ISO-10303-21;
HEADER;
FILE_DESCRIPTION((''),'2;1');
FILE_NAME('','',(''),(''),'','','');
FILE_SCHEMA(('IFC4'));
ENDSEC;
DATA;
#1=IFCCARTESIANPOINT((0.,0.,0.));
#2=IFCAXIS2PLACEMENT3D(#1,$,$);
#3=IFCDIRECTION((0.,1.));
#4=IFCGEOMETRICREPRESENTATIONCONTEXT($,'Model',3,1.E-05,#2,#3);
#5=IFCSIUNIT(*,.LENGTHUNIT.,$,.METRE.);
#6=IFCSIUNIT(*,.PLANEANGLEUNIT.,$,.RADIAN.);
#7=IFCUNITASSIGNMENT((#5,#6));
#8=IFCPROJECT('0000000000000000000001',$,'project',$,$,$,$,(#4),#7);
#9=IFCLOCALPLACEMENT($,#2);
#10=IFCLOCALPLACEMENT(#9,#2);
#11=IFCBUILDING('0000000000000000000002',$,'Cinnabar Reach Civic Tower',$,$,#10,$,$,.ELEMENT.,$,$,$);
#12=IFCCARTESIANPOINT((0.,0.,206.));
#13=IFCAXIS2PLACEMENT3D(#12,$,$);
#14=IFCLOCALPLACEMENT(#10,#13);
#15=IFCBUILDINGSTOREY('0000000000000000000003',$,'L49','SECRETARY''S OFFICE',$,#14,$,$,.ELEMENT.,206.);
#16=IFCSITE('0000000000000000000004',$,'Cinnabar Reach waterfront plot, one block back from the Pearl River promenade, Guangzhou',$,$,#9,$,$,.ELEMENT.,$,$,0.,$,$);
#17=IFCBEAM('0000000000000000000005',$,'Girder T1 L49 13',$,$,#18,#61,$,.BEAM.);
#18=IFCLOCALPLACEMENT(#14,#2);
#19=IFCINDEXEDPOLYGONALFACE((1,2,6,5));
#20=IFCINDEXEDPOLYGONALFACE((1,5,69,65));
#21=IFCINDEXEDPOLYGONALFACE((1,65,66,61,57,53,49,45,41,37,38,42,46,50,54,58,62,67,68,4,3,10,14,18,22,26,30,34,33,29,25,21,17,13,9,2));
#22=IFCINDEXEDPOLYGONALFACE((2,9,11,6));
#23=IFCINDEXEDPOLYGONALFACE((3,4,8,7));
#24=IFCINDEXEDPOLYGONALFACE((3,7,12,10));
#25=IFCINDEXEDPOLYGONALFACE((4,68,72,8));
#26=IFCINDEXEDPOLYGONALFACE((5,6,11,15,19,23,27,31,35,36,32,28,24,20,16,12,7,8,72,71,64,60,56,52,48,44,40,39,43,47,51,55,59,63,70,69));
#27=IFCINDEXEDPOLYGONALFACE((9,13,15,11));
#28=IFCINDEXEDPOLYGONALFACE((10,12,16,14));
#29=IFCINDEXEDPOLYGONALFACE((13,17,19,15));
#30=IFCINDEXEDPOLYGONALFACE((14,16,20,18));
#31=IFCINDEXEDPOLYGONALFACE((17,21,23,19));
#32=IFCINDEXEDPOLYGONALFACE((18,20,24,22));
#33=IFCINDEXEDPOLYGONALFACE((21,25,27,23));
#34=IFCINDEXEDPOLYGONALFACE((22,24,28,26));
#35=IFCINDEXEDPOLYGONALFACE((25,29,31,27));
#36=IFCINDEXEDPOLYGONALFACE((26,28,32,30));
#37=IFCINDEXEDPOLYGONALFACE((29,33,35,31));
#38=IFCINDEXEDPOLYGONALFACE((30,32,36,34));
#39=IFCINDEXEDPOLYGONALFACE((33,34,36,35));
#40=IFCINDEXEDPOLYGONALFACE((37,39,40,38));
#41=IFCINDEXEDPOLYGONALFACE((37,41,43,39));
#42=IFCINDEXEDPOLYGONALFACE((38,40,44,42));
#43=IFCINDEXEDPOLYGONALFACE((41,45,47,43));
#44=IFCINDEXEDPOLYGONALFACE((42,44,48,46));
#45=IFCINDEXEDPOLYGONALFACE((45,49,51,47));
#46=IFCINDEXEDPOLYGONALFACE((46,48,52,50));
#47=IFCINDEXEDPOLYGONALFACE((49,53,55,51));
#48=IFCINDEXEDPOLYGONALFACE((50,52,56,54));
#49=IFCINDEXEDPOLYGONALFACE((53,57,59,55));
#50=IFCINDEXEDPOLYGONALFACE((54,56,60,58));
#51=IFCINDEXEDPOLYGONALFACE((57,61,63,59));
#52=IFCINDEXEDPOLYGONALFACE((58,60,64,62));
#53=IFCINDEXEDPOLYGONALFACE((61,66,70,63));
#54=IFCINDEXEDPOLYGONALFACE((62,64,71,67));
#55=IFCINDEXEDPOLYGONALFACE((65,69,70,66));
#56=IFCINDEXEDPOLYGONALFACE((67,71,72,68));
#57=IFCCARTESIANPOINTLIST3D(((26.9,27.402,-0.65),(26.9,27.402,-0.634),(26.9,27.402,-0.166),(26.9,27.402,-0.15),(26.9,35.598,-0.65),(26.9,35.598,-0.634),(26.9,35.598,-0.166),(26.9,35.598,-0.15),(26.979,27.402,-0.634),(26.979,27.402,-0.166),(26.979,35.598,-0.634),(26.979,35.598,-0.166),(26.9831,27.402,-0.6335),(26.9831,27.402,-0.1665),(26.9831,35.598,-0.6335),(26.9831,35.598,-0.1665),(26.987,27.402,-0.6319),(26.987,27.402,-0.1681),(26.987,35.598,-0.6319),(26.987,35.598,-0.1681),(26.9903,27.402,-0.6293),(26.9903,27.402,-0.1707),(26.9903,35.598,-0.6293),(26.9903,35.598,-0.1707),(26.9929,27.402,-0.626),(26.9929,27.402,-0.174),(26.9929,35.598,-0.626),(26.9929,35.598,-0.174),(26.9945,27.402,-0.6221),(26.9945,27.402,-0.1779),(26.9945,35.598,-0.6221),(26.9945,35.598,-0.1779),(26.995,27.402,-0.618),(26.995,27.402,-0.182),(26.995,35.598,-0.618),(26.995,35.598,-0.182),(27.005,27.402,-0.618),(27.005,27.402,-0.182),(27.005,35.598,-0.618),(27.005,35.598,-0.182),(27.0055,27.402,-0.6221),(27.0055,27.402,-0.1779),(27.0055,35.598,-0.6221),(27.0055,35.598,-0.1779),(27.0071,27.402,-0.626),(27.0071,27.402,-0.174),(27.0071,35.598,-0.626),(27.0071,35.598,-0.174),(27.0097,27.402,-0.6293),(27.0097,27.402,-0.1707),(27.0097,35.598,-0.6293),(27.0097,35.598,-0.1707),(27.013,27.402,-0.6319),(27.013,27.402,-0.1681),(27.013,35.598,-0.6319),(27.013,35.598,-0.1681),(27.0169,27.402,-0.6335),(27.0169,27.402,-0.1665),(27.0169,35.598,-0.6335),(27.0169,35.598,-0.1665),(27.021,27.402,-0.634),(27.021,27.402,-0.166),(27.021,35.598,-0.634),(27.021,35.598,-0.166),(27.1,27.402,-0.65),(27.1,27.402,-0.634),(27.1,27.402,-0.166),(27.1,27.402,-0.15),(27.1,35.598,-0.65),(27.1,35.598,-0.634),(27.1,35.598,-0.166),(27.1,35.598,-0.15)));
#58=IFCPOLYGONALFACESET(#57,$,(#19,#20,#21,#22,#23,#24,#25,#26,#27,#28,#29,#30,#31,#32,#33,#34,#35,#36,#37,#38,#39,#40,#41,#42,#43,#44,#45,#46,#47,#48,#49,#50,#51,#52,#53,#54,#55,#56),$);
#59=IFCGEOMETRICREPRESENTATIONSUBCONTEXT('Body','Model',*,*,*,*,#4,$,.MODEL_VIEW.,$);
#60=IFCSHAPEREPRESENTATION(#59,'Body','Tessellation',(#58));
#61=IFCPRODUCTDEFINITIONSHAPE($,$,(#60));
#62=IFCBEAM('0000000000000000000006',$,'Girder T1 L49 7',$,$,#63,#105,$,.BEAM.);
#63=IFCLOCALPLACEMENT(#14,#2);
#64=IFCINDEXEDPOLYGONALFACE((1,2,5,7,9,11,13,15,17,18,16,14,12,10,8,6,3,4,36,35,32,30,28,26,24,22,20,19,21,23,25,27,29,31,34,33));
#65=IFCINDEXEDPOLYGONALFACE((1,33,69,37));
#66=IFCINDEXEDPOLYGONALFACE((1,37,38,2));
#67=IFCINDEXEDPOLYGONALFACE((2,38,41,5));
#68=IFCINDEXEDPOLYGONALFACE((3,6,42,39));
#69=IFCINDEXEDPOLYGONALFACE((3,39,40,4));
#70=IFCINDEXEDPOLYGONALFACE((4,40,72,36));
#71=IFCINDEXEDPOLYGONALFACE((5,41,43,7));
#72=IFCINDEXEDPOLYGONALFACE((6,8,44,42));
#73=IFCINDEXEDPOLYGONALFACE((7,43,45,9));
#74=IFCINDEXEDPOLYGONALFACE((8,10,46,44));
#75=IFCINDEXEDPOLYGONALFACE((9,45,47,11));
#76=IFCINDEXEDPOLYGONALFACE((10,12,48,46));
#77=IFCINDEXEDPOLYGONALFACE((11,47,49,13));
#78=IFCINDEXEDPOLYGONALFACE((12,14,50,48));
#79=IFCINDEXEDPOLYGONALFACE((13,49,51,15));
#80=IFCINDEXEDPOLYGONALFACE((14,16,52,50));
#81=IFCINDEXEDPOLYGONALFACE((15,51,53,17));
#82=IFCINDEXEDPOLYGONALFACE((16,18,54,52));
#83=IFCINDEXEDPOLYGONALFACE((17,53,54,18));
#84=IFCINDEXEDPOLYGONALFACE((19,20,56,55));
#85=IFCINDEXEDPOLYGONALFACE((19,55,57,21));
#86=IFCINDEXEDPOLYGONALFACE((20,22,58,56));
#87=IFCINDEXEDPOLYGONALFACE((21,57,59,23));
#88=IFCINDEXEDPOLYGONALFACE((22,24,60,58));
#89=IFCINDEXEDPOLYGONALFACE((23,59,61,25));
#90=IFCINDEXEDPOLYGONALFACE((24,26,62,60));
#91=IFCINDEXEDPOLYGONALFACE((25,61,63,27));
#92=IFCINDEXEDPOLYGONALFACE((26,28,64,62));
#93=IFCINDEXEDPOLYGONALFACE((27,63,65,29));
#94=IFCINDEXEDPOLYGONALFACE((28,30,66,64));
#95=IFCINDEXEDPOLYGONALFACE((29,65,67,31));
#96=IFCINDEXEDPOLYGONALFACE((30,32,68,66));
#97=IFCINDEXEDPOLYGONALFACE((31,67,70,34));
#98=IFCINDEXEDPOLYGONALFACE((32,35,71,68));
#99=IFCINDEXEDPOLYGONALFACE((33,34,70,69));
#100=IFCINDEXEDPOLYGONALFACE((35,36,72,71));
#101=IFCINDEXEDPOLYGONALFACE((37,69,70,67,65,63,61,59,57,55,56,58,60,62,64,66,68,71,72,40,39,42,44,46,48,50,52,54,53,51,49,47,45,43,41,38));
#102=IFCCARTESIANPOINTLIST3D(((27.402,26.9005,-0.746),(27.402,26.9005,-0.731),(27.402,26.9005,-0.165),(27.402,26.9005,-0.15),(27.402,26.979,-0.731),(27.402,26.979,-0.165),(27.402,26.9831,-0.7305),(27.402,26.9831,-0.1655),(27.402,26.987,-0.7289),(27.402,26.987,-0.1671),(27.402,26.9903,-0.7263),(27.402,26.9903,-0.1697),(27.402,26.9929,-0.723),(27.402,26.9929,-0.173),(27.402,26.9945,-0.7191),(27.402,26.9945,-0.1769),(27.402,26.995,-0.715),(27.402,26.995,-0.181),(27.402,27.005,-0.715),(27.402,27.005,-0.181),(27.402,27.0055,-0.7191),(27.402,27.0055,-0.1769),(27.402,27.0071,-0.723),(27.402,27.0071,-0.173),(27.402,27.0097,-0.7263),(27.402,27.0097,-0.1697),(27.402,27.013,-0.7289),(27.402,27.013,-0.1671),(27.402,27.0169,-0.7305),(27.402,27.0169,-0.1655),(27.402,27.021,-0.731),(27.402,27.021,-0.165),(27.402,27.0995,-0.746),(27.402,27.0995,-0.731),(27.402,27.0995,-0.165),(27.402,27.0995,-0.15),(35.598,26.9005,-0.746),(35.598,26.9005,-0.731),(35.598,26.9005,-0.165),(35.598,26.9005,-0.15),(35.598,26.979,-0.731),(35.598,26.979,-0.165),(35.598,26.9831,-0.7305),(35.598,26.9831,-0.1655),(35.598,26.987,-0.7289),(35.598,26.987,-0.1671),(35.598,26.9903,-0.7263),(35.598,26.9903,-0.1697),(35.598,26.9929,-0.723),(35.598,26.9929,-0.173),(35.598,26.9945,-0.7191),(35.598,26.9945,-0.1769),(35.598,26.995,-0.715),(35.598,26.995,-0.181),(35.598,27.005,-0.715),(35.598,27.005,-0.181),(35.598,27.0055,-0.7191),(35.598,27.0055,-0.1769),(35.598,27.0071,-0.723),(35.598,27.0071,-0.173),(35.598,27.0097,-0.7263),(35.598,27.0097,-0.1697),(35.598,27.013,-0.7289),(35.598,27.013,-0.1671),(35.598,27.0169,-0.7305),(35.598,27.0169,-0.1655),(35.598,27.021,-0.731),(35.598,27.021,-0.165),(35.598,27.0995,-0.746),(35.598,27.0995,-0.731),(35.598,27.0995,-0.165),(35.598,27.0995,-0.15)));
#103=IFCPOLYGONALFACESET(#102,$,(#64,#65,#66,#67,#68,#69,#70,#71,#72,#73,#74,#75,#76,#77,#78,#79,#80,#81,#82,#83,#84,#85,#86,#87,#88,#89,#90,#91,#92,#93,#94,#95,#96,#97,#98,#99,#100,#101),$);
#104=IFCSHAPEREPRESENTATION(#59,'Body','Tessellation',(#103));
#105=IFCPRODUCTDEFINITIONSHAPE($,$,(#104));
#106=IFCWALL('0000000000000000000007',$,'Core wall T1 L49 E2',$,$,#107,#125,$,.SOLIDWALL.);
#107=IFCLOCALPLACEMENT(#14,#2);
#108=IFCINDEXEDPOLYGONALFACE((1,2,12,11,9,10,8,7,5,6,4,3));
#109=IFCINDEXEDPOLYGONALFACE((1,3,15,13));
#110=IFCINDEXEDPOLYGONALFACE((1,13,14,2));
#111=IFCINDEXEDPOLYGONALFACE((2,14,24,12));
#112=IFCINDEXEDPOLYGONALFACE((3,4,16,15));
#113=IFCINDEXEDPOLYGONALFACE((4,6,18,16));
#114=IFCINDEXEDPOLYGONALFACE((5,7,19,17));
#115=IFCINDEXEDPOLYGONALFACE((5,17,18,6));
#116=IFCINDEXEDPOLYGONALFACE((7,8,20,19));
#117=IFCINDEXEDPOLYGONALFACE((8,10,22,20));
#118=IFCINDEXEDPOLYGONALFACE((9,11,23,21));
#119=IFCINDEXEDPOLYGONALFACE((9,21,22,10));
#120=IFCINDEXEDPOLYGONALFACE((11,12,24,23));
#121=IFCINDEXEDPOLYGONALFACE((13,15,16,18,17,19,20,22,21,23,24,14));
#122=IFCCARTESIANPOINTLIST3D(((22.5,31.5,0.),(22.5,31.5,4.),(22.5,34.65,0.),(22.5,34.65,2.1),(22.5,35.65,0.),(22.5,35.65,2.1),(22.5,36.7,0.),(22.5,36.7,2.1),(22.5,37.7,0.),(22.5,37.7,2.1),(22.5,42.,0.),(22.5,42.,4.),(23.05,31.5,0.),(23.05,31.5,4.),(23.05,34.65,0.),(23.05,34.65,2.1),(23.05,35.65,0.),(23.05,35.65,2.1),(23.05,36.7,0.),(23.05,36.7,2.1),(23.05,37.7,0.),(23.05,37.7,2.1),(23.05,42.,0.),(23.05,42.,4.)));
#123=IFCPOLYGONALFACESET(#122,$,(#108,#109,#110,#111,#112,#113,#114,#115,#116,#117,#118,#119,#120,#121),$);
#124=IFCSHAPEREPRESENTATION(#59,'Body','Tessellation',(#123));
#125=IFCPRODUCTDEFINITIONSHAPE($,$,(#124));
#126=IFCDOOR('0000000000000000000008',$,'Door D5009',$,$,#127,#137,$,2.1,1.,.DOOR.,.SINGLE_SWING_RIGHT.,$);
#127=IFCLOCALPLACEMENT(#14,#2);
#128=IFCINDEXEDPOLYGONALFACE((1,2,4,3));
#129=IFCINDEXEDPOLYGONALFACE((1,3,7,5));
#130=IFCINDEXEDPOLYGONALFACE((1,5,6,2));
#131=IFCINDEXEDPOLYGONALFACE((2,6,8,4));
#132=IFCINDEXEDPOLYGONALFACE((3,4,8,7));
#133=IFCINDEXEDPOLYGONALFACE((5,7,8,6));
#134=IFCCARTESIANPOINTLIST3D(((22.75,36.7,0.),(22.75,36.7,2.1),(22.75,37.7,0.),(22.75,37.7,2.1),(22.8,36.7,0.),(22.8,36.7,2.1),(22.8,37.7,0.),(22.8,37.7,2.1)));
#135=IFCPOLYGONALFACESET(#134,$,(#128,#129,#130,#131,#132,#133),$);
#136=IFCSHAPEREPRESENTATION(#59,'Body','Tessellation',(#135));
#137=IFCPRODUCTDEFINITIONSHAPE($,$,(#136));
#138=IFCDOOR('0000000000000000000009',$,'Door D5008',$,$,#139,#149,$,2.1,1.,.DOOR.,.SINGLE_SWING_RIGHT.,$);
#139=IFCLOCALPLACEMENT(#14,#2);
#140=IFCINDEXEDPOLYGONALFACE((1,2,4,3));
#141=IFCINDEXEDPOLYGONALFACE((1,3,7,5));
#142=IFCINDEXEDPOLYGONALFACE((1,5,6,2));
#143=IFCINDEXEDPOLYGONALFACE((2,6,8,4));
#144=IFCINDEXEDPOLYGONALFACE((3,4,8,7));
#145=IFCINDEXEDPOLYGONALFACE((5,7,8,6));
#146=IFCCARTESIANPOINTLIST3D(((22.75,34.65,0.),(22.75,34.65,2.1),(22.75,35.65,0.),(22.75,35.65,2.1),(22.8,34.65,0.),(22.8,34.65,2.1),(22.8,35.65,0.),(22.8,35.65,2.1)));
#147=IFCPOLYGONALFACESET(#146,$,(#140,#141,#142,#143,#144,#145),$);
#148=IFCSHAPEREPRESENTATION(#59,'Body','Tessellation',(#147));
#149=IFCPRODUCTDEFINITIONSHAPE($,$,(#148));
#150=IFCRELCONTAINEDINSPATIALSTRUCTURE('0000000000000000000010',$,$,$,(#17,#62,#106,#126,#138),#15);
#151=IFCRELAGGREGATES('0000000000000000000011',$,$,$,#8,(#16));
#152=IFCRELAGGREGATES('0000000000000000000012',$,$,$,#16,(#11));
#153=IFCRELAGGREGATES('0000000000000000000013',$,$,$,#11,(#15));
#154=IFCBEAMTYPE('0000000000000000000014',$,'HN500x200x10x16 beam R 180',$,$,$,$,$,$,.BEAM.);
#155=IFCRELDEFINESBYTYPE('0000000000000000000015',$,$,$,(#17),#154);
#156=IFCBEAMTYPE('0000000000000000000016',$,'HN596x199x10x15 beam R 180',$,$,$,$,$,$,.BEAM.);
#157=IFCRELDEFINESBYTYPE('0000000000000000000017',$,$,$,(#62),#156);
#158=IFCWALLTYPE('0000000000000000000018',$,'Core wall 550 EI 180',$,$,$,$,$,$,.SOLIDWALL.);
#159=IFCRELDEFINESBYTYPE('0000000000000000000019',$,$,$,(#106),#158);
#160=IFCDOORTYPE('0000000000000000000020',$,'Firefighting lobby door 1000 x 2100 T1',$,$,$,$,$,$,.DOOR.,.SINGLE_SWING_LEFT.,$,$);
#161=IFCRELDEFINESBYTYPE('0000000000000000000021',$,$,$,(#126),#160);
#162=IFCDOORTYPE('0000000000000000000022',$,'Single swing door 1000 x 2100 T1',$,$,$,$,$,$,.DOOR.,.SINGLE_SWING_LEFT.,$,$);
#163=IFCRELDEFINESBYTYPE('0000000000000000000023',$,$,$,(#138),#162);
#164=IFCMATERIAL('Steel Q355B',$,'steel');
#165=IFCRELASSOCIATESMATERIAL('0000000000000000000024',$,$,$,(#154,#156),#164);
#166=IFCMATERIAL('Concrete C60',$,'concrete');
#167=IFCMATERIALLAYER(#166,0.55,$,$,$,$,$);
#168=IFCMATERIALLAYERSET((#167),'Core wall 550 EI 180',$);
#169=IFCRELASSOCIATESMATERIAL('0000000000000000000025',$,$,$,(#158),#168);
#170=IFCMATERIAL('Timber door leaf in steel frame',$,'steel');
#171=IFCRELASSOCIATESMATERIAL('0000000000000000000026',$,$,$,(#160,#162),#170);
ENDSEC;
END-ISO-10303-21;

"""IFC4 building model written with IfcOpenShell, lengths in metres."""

from ifc_helpers import new_model, si_unit, direction, frame, frame_2d, origin, origin_2d, place, context, subcontext, project, spatial, rectangle, i_section, extrude, material, layer, layer_set, material_profile, profile_set, type_object, element, fill, save


model = new_model("IFC4")

# Units and contexts
model_context = context("Model", 3, precision=1e-05, world=origin(), true_north=direction((0.0, 1.0)))
body_context = subcontext(model_context, "Body", "Model", "MODEL_VIEW")
ifc_project = project(units=[si_unit("LENGTHUNIT", "METRE"), si_unit("PLANEANGLEUNIT", "RADIAN")], contexts=[model_context])

# Site, building, storey
site_placement = place(None, origin())
site = spatial("IfcSite", under=ifc_project, at=site_placement, Name="Cinnabar Reach waterfront plot, one block back from the Pearl River promenade, Guangzhou", CompositionType="ELEMENT", RefElevation=0.0)
building_placement = place(site_placement, origin())
building = spatial("IfcBuilding", under=site, at=building_placement, Name="Cinnabar Reach Civic Tower", CompositionType="ELEMENT")
storey_placement = place(building_placement, frame((0.0, 0.0, 206.0)))
storey = spatial("IfcBuildingStorey", under=building, at=storey_placement, Name="L49", Description="SECRETARY'S OFFICE", CompositionType="ELEMENT", Elevation=206.0)

# Shared definitions
ifc_material_1 = material(Name="Concrete C60", Category="concrete")

# Beams
ifc_material_2 = material(Name="Steel Q355B", Category="steel")
ifc_material_profile_1 = material_profile(ifc_material_2, i_section(OverallWidth=0.2, OverallDepth=0.5, WebThickness=0.01, FlangeThickness=0.016, FilletRadius=0.016, at=origin_2d()), Name="HN500x200x10x16")
ifc_profile_set_1 = profile_set([ifc_material_profile_1], Name="Steel Q355B")
beam_type_1 = type_object("IfcBeamType", Name="HN500x200x10x16 beam R 180", PredefinedType="BEAM", material=ifc_profile_set_1)
beam_1_placement = place(storey_placement, frame((27.0, 27.402, -0.4), z_axis=(0.0, 1.0, 0.0), x_axis=(-1.0, 0.0, 0.0)))
element("IfcBeam", 1, at=beam_1_placement, inside=storey, type_object=beam_type_1, Name="Girder T1 L49 13", PredefinedType="BEAM", context=body_context, shape_type="SweptSolid", body=[
    extrude(i_section(OverallWidth=0.2, OverallDepth=0.5, WebThickness=0.01, FlangeThickness=0.016, FilletRadius=0.016, at=origin_2d()), origin(), (0.0, 0.0, 1.0), 8.196),
])
ifc_material_profile_2 = material_profile(ifc_material_2, i_section(OverallWidth=0.199, OverallDepth=0.596, WebThickness=0.01, FlangeThickness=0.015, FilletRadius=0.016, at=origin_2d()), Name="HN596x199x10x15")
ifc_profile_set_2 = profile_set([ifc_material_profile_2], Name="Steel Q355B")
beam_type_2 = type_object("IfcBeamType", Name="HN596x199x10x15 beam R 180", PredefinedType="BEAM", material=ifc_profile_set_2)
beam_2_placement = place(storey_placement, frame((27.402, 27.0, -0.448), z_axis=(1.0, 0.0, 0.0), x_axis=(0.0, 1.0, 0.0)))
element("IfcBeam", 2, at=beam_2_placement, inside=storey, type_object=beam_type_2, Name="Girder T1 L49 7", PredefinedType="BEAM", context=body_context, shape_type="SweptSolid", body=[
    extrude(i_section(OverallWidth=0.199, OverallDepth=0.596, WebThickness=0.01, FlangeThickness=0.015, FilletRadius=0.016, at=origin_2d()), origin(), (0.0, 0.0, 1.0), 8.196),
])

# Wall, openings, doors
ifc_layer_1 = layer(ifc_material_1, 0.55)
ifc_layer_set_1 = layer_set([ifc_layer_1], Name="Core wall 550 EI 180")
wall_type_1 = type_object("IfcWallType", Name="Core wall 550 EI 180", PredefinedType="SOLIDWALL", material=ifc_layer_set_1)
wall_1_placement = place(storey_placement, frame((22.775, 31.5, 0.0), z_axis=(0.0, 0.0, 1.0), x_axis=(0.0, 1.0, 0.0)))
wall_1 = element("IfcWall", 3, at=wall_1_placement, inside=storey, type_object=wall_type_1, Name="Core wall T1 L49 E2", PredefinedType="SOLIDWALL", context=body_context, shape_type="SweptSolid", body=[
    extrude(rectangle(XDim=10.5, YDim=0.55, at=frame_2d((5.25, 0.0))), origin(), (0.0, 0.0, 1.0), 4.0),
])
opening_1_placement = place(wall_1_placement, frame((3.15, 0.0, 0.0)))
opening_1 = element("IfcOpeningElement", 4, at=opening_1_placement, cuts=wall_1, PredefinedType="OPENING", context=body_context, shape_type="SweptSolid", body=[
    extrude(rectangle(XDim=1.0, YDim=2.1, at=frame_2d((0.5, 1.05))), frame((0.0, 0.285, 0.0), z_axis=(0.0, -1.0, 0.0), x_axis=(1.0, 0.0, 0.0)), (0.0, 0.0, 1.0), 0.57),
])
opening_2_placement = place(wall_1_placement, frame((5.2, 0.0, 0.0)))
opening_2 = element("IfcOpeningElement", 5, at=opening_2_placement, cuts=wall_1, PredefinedType="OPENING", context=body_context, shape_type="SweptSolid", body=[
    extrude(rectangle(XDim=1.0, YDim=2.1, at=frame_2d((0.5, 1.05))), frame((0.0, 0.285, 0.0), z_axis=(0.0, -1.0, 0.0), x_axis=(1.0, 0.0, 0.0)), (0.0, 0.0, 1.0), 0.57),
])
ifc_material_3 = material(Name="Timber door leaf in steel frame", Category="steel")
door_type_1 = type_object("IfcDoorType", Name="Firefighting lobby door 1000 x 2100 T1", OperationType="SINGLE_SWING_LEFT", PredefinedType="DOOR", material=ifc_material_3)
door_1_placement = place(opening_2_placement, origin())
door_1 = element("IfcDoor", 6, at=door_1_placement, inside=storey, type_object=door_type_1, Name="Door D5009", OperationType="SINGLE_SWING_RIGHT", OverallHeight=2.1, OverallWidth=1.0, PredefinedType="DOOR", context=body_context, shape_type="SweptSolid", body=[
    extrude(rectangle(XDim=1.0, YDim=2.1, at=frame_2d((0.5, 1.05))), frame((0.0, 0.025, 0.0), z_axis=(0.0, -1.0, 0.0), x_axis=(1.0, 0.0, 0.0)), (0.0, 0.0, 1.0), 0.05),
])
fill(opening_2, door_1)
door_type_2 = type_object("IfcDoorType", Name="Single swing door 1000 x 2100 T1", OperationType="SINGLE_SWING_LEFT", PredefinedType="DOOR", material=ifc_material_3)
door_2_placement = place(opening_1_placement, origin())
door_2 = element("IfcDoor", 7, at=door_2_placement, inside=storey, type_object=door_type_2, Name="Door D5008", OperationType="SINGLE_SWING_RIGHT", OverallHeight=2.1, OverallWidth=1.0, PredefinedType="DOOR", context=body_context, shape_type="SweptSolid", body=[
    extrude(rectangle(XDim=1.0, YDim=2.1, at=frame_2d((0.5, 1.05))), frame((0.0, 0.025, 0.0), z_axis=(0.0, -1.0, 0.0), x_axis=(1.0, 0.0, 0.0)), (0.0, 0.0, 1.0), 0.05),
])
fill(opening_1, door_2)

save(model, "model.ifc")
